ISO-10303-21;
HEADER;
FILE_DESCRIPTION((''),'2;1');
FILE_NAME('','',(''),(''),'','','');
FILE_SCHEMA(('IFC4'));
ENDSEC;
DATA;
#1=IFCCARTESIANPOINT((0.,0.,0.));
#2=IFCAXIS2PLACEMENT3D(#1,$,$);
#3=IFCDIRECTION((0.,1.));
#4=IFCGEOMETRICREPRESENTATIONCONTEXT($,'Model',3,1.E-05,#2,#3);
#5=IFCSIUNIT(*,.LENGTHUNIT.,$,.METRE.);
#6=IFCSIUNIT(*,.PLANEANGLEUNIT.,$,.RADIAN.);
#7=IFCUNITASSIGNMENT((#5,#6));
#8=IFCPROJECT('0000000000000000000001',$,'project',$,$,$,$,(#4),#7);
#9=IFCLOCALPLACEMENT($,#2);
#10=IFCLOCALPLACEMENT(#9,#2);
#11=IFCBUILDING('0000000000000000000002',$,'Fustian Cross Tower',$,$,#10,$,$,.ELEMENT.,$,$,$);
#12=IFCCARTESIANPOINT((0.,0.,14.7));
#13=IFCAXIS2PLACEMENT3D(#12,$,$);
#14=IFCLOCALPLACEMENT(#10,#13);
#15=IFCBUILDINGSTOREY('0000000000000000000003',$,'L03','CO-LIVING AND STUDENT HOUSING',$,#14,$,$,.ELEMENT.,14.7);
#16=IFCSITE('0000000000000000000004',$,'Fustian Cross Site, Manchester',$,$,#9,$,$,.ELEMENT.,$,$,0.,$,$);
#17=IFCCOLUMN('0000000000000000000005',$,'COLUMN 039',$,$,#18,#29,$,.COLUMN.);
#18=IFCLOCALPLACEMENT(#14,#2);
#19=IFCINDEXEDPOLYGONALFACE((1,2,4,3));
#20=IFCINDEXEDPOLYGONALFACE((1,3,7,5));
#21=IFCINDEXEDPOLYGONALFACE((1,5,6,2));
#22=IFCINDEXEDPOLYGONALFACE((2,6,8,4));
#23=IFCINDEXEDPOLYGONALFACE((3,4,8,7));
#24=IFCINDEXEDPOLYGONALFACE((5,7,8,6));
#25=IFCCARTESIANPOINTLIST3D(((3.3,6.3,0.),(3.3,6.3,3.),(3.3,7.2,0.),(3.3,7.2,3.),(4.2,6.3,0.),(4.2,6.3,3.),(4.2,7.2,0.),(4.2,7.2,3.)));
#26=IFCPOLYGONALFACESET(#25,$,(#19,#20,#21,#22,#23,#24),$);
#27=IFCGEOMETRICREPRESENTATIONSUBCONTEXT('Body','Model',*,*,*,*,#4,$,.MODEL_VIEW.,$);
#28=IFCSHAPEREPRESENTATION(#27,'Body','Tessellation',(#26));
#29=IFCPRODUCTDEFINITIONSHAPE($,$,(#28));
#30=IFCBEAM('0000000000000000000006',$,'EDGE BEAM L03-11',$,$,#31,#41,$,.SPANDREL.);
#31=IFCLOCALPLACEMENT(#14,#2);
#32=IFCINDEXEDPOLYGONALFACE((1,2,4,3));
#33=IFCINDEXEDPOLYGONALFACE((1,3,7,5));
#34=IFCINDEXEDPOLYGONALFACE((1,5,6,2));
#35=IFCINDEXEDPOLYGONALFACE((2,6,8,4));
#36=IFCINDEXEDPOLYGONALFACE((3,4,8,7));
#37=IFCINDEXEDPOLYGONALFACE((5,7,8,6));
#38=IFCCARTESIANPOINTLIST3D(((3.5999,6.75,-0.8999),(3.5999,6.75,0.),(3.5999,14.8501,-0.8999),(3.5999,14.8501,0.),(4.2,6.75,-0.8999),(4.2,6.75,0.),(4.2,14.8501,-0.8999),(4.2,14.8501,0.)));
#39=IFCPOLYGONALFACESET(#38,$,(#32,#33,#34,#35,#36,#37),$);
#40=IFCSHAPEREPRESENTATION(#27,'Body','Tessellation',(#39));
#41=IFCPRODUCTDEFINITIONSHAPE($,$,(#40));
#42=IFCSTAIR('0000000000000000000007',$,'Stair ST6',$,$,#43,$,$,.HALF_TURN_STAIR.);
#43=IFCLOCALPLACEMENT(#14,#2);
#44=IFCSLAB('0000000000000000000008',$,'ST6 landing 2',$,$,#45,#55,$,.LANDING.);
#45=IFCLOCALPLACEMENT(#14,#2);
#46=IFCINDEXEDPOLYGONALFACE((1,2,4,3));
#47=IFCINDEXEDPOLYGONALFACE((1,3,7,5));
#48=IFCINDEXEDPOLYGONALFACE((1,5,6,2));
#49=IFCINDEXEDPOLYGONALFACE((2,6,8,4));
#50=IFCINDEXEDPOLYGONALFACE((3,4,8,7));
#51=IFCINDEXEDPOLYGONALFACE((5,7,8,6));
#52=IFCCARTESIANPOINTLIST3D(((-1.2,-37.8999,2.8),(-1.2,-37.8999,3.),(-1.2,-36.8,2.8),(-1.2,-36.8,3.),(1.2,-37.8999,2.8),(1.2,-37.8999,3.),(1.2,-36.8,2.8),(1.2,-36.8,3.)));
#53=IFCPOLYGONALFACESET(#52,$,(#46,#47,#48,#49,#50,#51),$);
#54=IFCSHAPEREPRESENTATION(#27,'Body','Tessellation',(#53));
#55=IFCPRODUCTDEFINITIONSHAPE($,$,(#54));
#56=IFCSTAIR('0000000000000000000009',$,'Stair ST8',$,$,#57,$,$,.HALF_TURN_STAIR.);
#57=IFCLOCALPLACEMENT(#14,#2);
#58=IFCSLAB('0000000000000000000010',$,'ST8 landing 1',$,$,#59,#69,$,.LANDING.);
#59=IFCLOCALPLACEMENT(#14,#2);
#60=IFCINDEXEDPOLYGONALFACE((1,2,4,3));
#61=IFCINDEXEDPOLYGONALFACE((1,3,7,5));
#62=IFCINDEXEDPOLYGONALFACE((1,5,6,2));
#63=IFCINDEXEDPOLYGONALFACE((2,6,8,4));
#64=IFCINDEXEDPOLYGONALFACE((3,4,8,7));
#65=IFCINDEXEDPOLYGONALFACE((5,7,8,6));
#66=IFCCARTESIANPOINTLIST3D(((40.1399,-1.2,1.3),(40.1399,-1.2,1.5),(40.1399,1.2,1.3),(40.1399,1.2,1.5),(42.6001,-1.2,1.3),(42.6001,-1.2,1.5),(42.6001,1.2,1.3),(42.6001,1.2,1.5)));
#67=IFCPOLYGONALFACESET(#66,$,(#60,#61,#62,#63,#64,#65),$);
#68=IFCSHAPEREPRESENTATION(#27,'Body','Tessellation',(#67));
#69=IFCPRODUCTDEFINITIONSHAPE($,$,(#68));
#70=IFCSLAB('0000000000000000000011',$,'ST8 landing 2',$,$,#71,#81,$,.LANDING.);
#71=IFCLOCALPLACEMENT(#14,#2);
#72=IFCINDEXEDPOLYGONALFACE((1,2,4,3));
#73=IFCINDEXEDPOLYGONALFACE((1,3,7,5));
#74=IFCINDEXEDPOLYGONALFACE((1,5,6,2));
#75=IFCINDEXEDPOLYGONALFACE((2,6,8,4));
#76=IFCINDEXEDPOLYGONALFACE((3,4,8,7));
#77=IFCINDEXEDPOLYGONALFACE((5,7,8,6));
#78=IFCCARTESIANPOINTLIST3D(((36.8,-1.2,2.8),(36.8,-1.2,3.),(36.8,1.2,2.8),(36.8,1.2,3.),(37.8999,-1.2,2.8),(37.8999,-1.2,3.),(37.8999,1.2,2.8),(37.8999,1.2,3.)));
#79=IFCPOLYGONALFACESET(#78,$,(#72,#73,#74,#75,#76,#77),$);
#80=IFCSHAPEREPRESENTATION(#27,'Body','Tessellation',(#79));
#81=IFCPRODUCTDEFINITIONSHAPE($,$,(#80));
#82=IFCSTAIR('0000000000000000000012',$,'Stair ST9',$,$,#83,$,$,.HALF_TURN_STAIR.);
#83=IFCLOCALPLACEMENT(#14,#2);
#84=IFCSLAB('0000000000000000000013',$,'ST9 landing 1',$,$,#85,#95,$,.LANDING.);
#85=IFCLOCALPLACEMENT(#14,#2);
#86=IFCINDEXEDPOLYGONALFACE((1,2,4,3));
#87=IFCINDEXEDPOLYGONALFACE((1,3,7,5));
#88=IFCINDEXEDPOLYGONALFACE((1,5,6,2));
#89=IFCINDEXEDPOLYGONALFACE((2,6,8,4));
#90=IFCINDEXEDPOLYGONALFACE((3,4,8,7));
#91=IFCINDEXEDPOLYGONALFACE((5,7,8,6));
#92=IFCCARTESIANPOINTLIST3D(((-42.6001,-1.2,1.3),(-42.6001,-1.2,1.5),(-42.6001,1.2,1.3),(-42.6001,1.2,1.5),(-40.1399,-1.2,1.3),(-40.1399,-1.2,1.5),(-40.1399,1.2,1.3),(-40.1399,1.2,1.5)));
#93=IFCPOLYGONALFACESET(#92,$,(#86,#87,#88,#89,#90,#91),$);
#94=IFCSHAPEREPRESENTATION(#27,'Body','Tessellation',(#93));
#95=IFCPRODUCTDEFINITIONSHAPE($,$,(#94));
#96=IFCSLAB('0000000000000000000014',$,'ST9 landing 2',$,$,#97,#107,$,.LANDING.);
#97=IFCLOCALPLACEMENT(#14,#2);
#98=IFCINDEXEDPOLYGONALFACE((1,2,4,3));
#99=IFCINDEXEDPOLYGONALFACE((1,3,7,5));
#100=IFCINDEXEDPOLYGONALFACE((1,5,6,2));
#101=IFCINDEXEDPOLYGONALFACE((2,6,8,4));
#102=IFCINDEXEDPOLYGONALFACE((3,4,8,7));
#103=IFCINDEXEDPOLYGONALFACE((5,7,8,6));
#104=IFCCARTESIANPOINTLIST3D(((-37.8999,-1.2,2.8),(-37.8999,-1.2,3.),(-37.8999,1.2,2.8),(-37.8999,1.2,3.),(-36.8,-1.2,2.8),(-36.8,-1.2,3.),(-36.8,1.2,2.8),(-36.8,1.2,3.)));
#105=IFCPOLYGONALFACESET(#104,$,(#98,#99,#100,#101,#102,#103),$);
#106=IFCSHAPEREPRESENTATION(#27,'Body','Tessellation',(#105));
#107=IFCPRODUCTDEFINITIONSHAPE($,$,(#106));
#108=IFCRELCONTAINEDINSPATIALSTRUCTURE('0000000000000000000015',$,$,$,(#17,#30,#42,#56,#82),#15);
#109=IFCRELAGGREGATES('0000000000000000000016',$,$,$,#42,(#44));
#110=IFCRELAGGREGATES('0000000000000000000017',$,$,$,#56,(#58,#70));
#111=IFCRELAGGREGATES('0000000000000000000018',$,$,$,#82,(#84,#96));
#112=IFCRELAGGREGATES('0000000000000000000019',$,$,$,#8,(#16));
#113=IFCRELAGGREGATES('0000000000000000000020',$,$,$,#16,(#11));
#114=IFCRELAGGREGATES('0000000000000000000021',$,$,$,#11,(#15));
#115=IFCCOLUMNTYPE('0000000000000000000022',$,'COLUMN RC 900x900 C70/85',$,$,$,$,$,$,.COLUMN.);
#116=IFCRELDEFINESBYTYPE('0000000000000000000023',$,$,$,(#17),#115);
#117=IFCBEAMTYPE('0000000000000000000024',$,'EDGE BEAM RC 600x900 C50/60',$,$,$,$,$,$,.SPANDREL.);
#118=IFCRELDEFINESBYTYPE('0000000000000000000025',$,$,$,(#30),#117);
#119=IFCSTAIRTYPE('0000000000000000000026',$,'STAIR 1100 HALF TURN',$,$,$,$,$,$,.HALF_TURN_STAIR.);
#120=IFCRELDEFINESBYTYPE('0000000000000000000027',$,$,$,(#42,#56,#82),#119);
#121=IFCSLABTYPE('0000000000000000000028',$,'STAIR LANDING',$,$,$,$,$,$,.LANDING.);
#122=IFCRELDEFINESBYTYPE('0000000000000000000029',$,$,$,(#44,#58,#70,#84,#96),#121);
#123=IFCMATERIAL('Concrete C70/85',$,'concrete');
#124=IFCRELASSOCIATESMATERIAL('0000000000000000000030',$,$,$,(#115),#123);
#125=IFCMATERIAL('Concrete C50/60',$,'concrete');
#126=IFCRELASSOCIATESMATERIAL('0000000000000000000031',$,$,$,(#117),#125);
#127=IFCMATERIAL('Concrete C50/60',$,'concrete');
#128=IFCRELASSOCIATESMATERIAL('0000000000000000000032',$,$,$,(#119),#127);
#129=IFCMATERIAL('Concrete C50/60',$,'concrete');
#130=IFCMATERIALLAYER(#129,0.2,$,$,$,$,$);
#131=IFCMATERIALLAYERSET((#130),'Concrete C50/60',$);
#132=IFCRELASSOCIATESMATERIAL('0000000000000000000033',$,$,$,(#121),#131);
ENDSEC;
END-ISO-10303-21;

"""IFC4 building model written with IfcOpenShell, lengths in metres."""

from ifc_helpers import new_model, si_unit, direction, frame, origin, origin_2d, place, context, subcontext, project, spatial, polyline, rectangle, outline, extrude, material, layer, layer_set, material_profile, profile_set, type_object, element, aggregate, save


model = new_model("IFC4")

# Units and contexts
model_context = context("Model", 3, precision=1e-05, world=origin(), true_north=direction((0.0, 1.0)))
body_context = subcontext(model_context, "Body", "Model", "MODEL_VIEW")
ifc_project = project(units=[si_unit("LENGTHUNIT", "METRE"), si_unit("PLANEANGLEUNIT", "RADIAN")], contexts=[model_context])

# Site, building, storey
site_placement = place(None, origin())
site = spatial("IfcSite", under=ifc_project, at=site_placement, Name="Fustian Cross Site, Manchester", CompositionType="ELEMENT", RefElevation=0.0)
building_placement = place(site_placement, origin())
building = spatial("IfcBuilding", under=site, at=building_placement, Name="Fustian Cross Tower", CompositionType="ELEMENT")
storey_placement = place(building_placement, frame((0.0, 0.0, 14.7)))
storey = spatial("IfcBuildingStorey", under=building, at=storey_placement, Name="L03", Description="CO-LIVING AND STUDENT HOUSING", CompositionType="ELEMENT", Elevation=14.7)

# Column
ifc_material_1 = material(Name="Concrete C70/85", Category="concrete")
ifc_material_profile_1 = material_profile(ifc_material_1, rectangle(XDim=0.8999, YDim=0.8999, at=origin_2d()), Name="RC 900x900")
ifc_profile_set_1 = profile_set([ifc_material_profile_1], Name="Concrete C70/85")
column_type = type_object("IfcColumnType", Name="COLUMN RC 900x900 C70/85", PredefinedType="COLUMN", material=ifc_profile_set_1)
column_placement = place(storey_placement, frame((3.75, 6.75, 0.0), z_axis=(0.0, 0.0, 1.0), x_axis=(1.0, 0.0, 0.0)))
element("IfcColumn", 1, at=column_placement, inside=storey, type_object=column_type, Name="COLUMN 039", PredefinedType="COLUMN", context=body_context, shape_type="SweptSolid", body=[
    extrude(rectangle(XDim=0.8999, YDim=0.8999, at=origin_2d()), origin(), (0.0, 0.0, 1.0), 3.0),
])

# Beam
ifc_material_2 = material(Name="Concrete C50/60", Category="concrete")
ifc_material_profile_2 = material_profile(ifc_material_2, rectangle(XDim=0.6001, YDim=0.8999, at=origin_2d()), Name="RC 600x900")
ifc_profile_set_2 = profile_set([ifc_material_profile_2], Name="Concrete C50/60")
beam_type = type_object("IfcBeamType", Name="EDGE BEAM RC 600x900 C50/60", PredefinedType="SPANDREL", material=ifc_profile_set_2)
beam_placement = place(storey_placement, frame((3.8999, 6.75, -0.45), z_axis=(0.0, 1.0, 0.0), x_axis=(-1.0, 0.0, 0.0)))
element("IfcBeam", 2, at=beam_placement, inside=storey, type_object=beam_type, Name="EDGE BEAM L03-11", PredefinedType="SPANDREL", context=body_context, shape_type="SweptSolid", body=[
    extrude(rectangle(XDim=0.6001, YDim=0.8999, at=origin_2d()), origin(), (0.0, 0.0, 1.0), 8.1001),
])

# Stair, slab
ifc_material_3 = material(Name="Concrete C50/60", Category="concrete")
stair_type = type_object("IfcStairType", Name="STAIR 1100 HALF TURN", PredefinedType="HALF_TURN_STAIR", material=ifc_material_3)
stair_1_placement = place(storey_placement, origin())
stair_1 = element("IfcStair", 3, at=stair_1_placement, inside=storey, type_object=stair_type, Name="Stair ST6", PredefinedType="HALF_TURN_STAIR")
ifc_material_4 = material(Name="Concrete C50/60", Category="concrete")
ifc_layer_1 = layer(ifc_material_4, 0.2)
ifc_layer_set_1 = layer_set([ifc_layer_1], Name="Concrete C50/60")
slab_type = type_object("IfcSlabType", Name="STAIR LANDING", PredefinedType="LANDING", material=ifc_layer_set_1)
slab_1_placement = place(storey_placement, frame((0.0, 0.0, 2.8)))
slab_1 = element("IfcSlab", 4, at=slab_1_placement, type_object=slab_type, Name="ST6 landing 2", PredefinedType="LANDING", context=body_context, shape_type="SweptSolid", body=[
    extrude(outline(polyline([(-1.2, -36.8), (-1.2, -37.8999), (1.2, -37.8999), (1.2, -36.8), (-1.2, -36.8)])), origin(), (0.0, 0.0, 1.0), 0.2),
])
aggregate(stair_1, [slab_1])

# Stairs, slabs
stair_2_placement = place(storey_placement, origin())
stair_2 = element("IfcStair", 5, at=stair_2_placement, inside=storey, type_object=stair_type, Name="Stair ST8", PredefinedType="HALF_TURN_STAIR")
slab_2_placement = place(storey_placement, frame((0.0, 0.0, 1.3)))
slab_2 = element("IfcSlab", 6, at=slab_2_placement, type_object=slab_type, Name="ST8 landing 1", PredefinedType="LANDING", context=body_context, shape_type="SweptSolid", body=[
    extrude(outline(polyline([(40.1399, -1.2), (42.6001, -1.2), (42.6001, 1.2), (40.1399, 1.2), (40.1399, -1.2)])), origin(), (0.0, 0.0, 1.0), 0.2),
])
slab_3_placement = place(storey_placement, frame((0.0, 0.0, 2.8)))
slab_3 = element("IfcSlab", 7, at=slab_3_placement, type_object=slab_type, Name="ST8 landing 2", PredefinedType="LANDING", context=body_context, shape_type="SweptSolid", body=[
    extrude(outline(polyline([(36.8, -1.2), (37.8999, -1.2), (37.8999, 1.2), (36.8, 1.2), (36.8, -1.2)])), origin(), (0.0, 0.0, 1.0), 0.2),
])
aggregate(stair_2, [slab_2, slab_3])
stair_3_placement = place(storey_placement, origin())
stair_3 = element("IfcStair", 8, at=stair_3_placement, inside=storey, type_object=stair_type, Name="Stair ST9", PredefinedType="HALF_TURN_STAIR")
slab_4_placement = place(storey_placement, frame((0.0, 0.0, 1.3)))
slab_4 = element("IfcSlab", 9, at=slab_4_placement, type_object=slab_type, Name="ST9 landing 1", PredefinedType="LANDING", context=body_context, shape_type="SweptSolid", body=[
    extrude(outline(polyline([(-40.1399, -1.2), (-42.6001, -1.2), (-42.6001, 1.2), (-40.1399, 1.2), (-40.1399, -1.2)])), origin(), (0.0, 0.0, 1.0), 0.2),
])
slab_5_placement = place(storey_placement, frame((0.0, 0.0, 2.8)))
slab_5 = element("IfcSlab", 10, at=slab_5_placement, type_object=slab_type, Name="ST9 landing 2", PredefinedType="LANDING", context=body_context, shape_type="SweptSolid", body=[
    extrude(outline(polyline([(-36.8, -1.2), (-37.8999, -1.2), (-37.8999, 1.2), (-36.8, 1.2), (-36.8, -1.2)])), origin(), (0.0, 0.0, 1.0), 0.2),
])
aggregate(stair_3, [slab_4, slab_5])

save(model, "model.ifc")
